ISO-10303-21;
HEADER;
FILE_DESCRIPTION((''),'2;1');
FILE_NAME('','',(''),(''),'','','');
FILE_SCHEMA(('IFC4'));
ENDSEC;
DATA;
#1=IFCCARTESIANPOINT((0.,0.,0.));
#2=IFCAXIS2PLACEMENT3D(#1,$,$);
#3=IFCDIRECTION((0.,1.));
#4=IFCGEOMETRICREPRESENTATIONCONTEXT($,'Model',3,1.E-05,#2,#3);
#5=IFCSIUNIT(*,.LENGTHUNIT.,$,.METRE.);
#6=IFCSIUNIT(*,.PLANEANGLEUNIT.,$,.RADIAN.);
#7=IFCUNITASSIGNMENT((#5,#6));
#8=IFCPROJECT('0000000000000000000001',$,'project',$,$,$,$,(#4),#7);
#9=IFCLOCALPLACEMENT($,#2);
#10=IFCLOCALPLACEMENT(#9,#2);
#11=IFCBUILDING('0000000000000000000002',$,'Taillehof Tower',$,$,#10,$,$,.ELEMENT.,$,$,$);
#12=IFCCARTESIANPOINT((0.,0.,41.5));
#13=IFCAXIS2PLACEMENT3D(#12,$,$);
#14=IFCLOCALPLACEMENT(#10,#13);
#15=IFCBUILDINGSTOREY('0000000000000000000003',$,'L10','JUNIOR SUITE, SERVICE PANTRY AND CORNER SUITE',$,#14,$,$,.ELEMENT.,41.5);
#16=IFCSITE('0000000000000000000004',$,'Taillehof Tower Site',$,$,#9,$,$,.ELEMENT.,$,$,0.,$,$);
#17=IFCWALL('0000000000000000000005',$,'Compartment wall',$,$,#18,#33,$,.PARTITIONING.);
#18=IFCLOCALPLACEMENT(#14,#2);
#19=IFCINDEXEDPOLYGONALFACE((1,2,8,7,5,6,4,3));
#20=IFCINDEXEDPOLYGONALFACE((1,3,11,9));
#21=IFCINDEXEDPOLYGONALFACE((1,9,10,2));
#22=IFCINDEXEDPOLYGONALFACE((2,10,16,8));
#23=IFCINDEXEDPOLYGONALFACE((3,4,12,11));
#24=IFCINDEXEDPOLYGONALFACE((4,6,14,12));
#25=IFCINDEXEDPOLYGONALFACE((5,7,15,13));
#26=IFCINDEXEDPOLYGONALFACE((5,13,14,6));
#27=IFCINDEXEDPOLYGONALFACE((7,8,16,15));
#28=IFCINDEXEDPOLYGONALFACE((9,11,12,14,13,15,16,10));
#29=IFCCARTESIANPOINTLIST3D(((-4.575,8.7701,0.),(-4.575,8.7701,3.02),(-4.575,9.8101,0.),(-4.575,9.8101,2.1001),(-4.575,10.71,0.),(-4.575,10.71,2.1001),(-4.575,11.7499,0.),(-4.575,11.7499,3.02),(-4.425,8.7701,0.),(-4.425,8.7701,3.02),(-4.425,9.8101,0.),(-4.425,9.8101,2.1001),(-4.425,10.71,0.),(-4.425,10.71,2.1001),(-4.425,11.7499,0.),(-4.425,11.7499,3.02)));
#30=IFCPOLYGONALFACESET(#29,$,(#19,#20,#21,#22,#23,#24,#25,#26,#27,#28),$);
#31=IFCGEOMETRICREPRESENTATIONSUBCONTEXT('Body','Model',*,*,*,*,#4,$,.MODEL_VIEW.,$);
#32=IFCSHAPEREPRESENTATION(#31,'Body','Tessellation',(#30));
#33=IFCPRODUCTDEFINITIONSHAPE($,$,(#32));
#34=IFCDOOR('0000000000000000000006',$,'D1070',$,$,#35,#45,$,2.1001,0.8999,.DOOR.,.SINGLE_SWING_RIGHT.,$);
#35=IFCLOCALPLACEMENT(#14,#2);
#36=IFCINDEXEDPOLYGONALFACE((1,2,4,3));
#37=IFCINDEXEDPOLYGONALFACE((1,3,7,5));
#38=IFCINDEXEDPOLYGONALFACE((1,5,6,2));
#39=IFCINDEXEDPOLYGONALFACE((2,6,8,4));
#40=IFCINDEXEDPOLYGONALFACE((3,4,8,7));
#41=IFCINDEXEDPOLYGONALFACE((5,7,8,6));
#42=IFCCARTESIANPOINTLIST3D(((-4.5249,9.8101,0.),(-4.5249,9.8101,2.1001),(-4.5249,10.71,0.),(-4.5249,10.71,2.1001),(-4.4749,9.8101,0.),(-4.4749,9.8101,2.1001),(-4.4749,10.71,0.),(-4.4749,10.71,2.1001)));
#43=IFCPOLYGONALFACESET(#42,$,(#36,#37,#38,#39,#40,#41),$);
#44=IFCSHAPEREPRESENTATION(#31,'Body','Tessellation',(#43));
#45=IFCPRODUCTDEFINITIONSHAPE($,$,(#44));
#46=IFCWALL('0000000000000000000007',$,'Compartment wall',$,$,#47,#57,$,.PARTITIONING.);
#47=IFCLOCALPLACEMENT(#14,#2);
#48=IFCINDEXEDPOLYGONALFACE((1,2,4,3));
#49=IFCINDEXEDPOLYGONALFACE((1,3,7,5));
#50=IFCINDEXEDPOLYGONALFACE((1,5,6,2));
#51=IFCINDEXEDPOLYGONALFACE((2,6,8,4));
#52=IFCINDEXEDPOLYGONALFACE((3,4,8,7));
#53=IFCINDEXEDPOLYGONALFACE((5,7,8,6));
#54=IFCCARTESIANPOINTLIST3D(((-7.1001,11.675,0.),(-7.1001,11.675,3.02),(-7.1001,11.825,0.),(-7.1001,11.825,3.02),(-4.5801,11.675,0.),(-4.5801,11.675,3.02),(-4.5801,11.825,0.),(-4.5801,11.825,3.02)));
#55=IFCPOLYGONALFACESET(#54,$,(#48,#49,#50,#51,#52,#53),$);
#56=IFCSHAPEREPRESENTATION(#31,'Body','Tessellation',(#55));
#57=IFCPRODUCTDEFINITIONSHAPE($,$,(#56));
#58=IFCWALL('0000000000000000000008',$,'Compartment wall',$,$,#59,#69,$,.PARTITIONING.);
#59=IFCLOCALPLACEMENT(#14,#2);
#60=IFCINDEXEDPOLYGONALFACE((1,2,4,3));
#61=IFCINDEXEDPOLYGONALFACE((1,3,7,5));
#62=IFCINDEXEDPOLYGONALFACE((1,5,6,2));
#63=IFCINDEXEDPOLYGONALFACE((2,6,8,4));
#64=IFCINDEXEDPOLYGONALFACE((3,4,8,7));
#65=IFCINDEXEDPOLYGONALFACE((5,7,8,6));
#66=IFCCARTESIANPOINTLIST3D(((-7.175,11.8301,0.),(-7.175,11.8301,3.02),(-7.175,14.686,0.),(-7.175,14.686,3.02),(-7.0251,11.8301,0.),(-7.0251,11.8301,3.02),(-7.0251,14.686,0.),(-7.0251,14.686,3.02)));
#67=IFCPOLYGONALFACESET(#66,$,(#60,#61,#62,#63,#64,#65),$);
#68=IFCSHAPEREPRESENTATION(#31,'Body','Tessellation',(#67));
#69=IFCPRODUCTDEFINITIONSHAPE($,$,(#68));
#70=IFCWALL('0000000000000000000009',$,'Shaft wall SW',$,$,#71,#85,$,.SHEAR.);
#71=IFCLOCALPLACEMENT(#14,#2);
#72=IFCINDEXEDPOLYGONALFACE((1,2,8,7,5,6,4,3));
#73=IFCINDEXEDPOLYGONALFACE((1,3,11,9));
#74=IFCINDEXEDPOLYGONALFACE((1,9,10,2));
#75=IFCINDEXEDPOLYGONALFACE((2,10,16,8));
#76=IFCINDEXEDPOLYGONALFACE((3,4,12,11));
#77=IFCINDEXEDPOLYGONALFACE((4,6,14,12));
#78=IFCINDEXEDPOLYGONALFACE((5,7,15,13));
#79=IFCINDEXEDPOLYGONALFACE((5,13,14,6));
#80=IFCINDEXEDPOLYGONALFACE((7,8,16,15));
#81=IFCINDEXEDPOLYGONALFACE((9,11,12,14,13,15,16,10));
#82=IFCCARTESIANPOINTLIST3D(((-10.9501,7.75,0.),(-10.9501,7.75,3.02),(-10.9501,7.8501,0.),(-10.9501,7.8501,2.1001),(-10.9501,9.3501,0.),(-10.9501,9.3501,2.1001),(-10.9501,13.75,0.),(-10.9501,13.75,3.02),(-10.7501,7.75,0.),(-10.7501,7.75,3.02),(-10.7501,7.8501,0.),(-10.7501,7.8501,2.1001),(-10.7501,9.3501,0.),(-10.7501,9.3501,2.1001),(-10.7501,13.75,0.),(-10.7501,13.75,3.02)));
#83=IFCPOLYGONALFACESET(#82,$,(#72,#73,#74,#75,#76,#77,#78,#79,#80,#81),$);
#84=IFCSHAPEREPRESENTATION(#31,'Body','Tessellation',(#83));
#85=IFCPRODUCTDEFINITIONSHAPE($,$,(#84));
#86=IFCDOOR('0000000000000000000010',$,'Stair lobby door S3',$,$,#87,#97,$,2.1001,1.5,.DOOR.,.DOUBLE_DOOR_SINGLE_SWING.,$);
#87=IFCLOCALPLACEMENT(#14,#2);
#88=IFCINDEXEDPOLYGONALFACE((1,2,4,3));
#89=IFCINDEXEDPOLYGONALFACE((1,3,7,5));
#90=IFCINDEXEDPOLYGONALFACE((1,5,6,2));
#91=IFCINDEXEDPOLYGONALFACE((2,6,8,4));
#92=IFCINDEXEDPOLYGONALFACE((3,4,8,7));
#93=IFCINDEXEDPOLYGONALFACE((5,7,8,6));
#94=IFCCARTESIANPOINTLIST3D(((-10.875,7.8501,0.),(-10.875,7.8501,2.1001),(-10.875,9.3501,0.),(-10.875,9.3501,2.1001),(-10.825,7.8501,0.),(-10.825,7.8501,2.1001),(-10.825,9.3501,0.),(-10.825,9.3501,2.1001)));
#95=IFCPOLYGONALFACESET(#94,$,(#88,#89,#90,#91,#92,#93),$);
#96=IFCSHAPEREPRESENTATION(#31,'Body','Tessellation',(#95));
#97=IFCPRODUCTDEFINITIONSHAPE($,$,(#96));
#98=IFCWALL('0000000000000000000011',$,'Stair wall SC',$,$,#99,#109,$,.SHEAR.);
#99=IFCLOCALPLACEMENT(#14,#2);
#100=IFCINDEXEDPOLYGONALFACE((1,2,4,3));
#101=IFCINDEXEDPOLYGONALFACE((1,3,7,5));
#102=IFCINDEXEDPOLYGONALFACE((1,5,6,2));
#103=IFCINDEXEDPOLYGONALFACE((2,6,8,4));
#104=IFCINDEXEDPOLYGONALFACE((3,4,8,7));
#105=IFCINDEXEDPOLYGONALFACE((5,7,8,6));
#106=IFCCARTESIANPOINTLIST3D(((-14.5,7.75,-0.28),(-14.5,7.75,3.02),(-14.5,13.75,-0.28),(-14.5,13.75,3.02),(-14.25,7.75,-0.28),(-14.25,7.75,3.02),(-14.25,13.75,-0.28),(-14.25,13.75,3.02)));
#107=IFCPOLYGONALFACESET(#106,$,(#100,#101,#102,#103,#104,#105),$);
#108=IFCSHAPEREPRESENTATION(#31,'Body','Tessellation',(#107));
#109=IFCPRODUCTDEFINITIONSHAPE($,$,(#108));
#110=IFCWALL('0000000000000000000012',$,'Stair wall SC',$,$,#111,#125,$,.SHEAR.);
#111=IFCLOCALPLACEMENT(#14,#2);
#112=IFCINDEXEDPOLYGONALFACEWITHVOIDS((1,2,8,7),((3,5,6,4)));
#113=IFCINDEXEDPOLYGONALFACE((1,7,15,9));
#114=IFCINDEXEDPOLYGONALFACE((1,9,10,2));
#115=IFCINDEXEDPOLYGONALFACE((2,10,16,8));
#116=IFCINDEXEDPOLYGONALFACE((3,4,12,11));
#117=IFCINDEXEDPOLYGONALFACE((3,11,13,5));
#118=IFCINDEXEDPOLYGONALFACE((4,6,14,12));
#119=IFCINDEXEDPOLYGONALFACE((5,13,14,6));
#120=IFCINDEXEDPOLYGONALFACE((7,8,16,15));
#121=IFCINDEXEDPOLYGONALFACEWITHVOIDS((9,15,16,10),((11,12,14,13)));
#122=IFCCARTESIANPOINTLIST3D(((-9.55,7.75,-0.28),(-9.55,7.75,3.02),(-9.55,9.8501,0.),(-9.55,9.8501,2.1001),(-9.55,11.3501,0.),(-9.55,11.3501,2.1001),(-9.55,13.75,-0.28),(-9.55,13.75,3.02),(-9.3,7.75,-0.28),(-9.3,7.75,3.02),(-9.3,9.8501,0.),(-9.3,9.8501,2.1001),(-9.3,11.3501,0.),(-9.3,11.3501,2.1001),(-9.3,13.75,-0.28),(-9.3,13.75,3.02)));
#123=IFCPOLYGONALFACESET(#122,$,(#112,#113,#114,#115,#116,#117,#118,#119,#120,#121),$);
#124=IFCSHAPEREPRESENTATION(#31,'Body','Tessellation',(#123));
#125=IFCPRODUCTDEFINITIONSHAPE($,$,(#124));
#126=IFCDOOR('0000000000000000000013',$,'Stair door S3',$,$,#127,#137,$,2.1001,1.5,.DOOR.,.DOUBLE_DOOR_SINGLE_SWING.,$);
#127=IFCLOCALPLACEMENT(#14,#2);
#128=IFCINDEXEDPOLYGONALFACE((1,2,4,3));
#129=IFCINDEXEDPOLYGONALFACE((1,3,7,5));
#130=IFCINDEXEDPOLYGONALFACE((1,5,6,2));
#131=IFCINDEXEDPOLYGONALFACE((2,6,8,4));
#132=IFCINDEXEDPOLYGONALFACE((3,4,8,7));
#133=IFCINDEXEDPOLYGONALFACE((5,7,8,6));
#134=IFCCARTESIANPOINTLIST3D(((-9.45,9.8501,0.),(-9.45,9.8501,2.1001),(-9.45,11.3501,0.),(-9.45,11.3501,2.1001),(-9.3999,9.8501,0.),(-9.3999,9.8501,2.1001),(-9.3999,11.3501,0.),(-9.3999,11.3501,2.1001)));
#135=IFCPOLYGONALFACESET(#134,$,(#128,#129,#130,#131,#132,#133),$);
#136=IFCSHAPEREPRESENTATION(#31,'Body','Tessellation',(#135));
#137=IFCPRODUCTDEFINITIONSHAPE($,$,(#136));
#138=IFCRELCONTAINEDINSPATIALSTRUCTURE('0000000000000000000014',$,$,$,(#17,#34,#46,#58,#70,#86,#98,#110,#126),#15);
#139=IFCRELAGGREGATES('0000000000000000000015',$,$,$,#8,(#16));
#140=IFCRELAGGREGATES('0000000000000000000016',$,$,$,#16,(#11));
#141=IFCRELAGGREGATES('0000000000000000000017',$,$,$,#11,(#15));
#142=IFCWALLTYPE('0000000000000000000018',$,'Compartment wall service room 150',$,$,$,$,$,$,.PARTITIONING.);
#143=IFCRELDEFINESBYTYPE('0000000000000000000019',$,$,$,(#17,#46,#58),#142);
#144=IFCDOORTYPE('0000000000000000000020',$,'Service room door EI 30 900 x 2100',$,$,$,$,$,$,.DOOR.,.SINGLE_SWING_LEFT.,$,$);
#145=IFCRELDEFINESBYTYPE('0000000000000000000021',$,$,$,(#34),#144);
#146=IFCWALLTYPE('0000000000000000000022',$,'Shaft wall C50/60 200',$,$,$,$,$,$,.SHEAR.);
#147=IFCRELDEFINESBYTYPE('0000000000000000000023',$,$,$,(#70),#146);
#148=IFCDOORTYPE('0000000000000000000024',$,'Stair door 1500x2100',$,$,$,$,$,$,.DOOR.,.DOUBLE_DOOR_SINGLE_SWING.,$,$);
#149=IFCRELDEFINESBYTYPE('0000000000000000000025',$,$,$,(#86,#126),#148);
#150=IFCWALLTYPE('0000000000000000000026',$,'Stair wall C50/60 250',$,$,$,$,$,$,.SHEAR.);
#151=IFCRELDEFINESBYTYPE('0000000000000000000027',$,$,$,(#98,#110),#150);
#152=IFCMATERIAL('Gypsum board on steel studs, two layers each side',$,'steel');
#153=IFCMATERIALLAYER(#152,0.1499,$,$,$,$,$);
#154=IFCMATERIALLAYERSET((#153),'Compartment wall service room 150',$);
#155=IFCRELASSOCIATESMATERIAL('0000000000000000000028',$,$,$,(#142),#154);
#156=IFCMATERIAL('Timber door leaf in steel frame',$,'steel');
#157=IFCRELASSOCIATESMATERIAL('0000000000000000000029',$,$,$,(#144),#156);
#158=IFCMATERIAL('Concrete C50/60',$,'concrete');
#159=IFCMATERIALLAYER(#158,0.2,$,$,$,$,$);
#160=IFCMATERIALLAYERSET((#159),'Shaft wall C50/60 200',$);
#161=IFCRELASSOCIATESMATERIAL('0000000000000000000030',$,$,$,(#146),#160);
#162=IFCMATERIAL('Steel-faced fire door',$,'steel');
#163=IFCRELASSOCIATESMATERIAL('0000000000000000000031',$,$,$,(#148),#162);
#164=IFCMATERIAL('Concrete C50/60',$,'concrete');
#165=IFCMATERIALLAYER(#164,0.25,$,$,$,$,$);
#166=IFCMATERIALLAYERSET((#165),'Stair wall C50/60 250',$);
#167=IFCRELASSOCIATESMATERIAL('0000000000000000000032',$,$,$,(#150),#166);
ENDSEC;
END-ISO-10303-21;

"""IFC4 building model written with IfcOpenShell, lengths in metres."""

from ifc_helpers import new_model, si_unit, direction, frame, frame_2d, origin, place, context, subcontext, project, spatial, rectangle, extrude, material, layer, layer_set, type_object, element, fill, save


model = new_model("IFC4")

# Units and contexts
model_context = context("Model", 3, precision=1e-05, world=origin(), true_north=direction((0.0, 1.0)))
body_context = subcontext(model_context, "Body", "Model", "MODEL_VIEW")
ifc_project = project(units=[si_unit("LENGTHUNIT", "METRE"), si_unit("PLANEANGLEUNIT", "RADIAN")], contexts=[model_context])

# Site, building, storey
site_placement = place(None, origin())
site = spatial("IfcSite", under=ifc_project, at=site_placement, Name="Taillehof Tower Site", CompositionType="ELEMENT", RefElevation=0.0)
building_placement = place(site_placement, origin())
building = spatial("IfcBuilding", under=site, at=building_placement, Name="Taillehof Tower", CompositionType="ELEMENT")
storey_placement = place(building_placement, frame((0.0, 0.0, 41.5)))
storey = spatial("IfcBuildingStorey", under=building, at=storey_placement, Name="L10", Description="JUNIOR SUITE, SERVICE PANTRY AND CORNER SUITE", CompositionType="ELEMENT", Elevation=41.5)

# Shared definitions
ifc_material_1 = material(Name="Gypsum board on steel studs, two layers each side", Category="steel")
ifc_layer_1 = layer(ifc_material_1, 0.1499)
ifc_layer_set_1 = layer_set([ifc_layer_1], Name="Compartment wall service room 150")
wall_type_1 = type_object("IfcWallType", Name="Compartment wall service room 150", PredefinedType="PARTITIONING", material=ifc_layer_set_1)

# Wall, opening, door
wall_1_placement = place(storey_placement, frame((-4.5, 8.7703, 0.0), z_axis=(0.0, 0.0, 1.0), x_axis=(0.0, 1.0, 0.0)))
wall_1 = element("IfcWall", 1, at=wall_1_placement, inside=storey, type_object=wall_type_1, Name="Compartment wall", PredefinedType="PARTITIONING", context=body_context, shape_type="SweptSolid", body=[
    extrude(rectangle(XDim=2.9797, YDim=0.1499, at=frame_2d((1.4897, 0.0))), origin(), (0.0, 0.0, 1.0), 3.02),
])
opening_1_placement = place(wall_1_placement, frame((1.0398, 0.0, 0.0)))
opening_1 = element("IfcOpeningElement", 2, at=opening_1_placement, cuts=wall_1, PredefinedType="OPENING", context=body_context, shape_type="SweptSolid", body=[
    extrude(rectangle(XDim=0.8999, YDim=2.1001, at=frame_2d((0.45, 1.05))), frame((0.0, 0.085, 0.0), z_axis=(0.0, -1.0, 0.0), x_axis=(1.0, 0.0, 0.0)), (0.0, 0.0, 1.0), 0.1699),
])
ifc_material_2 = material(Name="Timber door leaf in steel frame", Category="steel")
door_type_1 = type_object("IfcDoorType", Name="Service room door EI 30 900 x 2100", OperationType="SINGLE_SWING_LEFT", PredefinedType="DOOR", material=ifc_material_2)
door_1_placement = place(opening_1_placement, origin())
door_1 = element("IfcDoor", 3, at=door_1_placement, inside=storey, type_object=door_type_1, Name="D1070", OperationType="SINGLE_SWING_RIGHT", OverallHeight=2.1001, OverallWidth=0.8999, PredefinedType="DOOR", context=body_context, shape_type="SweptSolid", body=[
    extrude(rectangle(XDim=0.8999, YDim=2.1001, at=frame_2d((0.45, 1.05))), frame((0.0, 0.0249, 0.0), z_axis=(0.0, -1.0, 0.0), x_axis=(1.0, 0.0, 0.0)), (0.0, 0.0, 1.0), 0.05),
])
fill(opening_1, door_1)

# Walls
wall_2_placement = place(storey_placement, frame((-4.5801, 11.75, 0.0), z_axis=(0.0, 0.0, 1.0), x_axis=(-1.0, 0.0, 0.0)))
element("IfcWall", 4, at=wall_2_placement, inside=storey, type_object=wall_type_1, Name="Compartment wall", PredefinedType="PARTITIONING", context=body_context, shape_type="SweptSolid", body=[
    extrude(rectangle(XDim=2.52, YDim=0.1499, at=frame_2d((1.26, 0.0))), origin(), (0.0, 0.0, 1.0), 3.02),
])
wall_3_placement = place(storey_placement, frame((-7.1001, 11.8301, 0.0), z_axis=(0.0, 0.0, 1.0), x_axis=(0.0, 1.0, 0.0)))
element("IfcWall", 5, at=wall_3_placement, inside=storey, type_object=wall_type_1, Name="Compartment wall", PredefinedType="PARTITIONING", context=body_context, shape_type="SweptSolid", body=[
    extrude(rectangle(XDim=2.856, YDim=0.1499, at=frame_2d((1.428, 0.0))), origin(), (0.0, 0.0, 1.0), 3.02),
])

# Wall, opening, door
ifc_material_3 = material(Name="Concrete C50/60", Category="concrete")
ifc_layer_2 = layer(ifc_material_3, 0.2)
ifc_layer_set_2 = layer_set([ifc_layer_2], Name="Shaft wall C50/60 200")
wall_type_2 = type_object("IfcWallType", Name="Shaft wall C50/60 200", PredefinedType="SHEAR", material=ifc_layer_set_2)
wall_4_placement = place(storey_placement, frame((-10.8501, 7.75, 0.0), z_axis=(0.0, 0.0, 1.0), x_axis=(0.0, 1.0, 0.0)))
wall_4 = element("IfcWall", 6, at=wall_4_placement, inside=storey, type_object=wall_type_2, Name="Shaft wall SW", PredefinedType="SHEAR", context=body_context, shape_type="SweptSolid", body=[
    extrude(rectangle(XDim=6.0, YDim=0.2, at=frame_2d((3.0, 0.0))), origin(), (0.0, 0.0, 1.0), 3.02),
])
opening_2_placement = place(wall_4_placement, frame((0.1001, 0.0, 0.0)))
opening_2 = element("IfcOpeningElement", 7, at=opening_2_placement, cuts=wall_4, PredefinedType="OPENING", context=body_context, shape_type="SweptSolid", body=[
    extrude(rectangle(XDim=1.5, YDim=2.1001, at=frame_2d((0.75, 1.05))), frame((0.0, 0.1099, 0.0), z_axis=(0.0, -1.0, 0.0), x_axis=(1.0, 0.0, 0.0)), (0.0, 0.0, 1.0), 0.22),
])
ifc_material_4 = material(Name="Steel-faced fire door", Category="steel")
door_type_2 = type_object("IfcDoorType", Name="Stair door 1500x2100", OperationType="DOUBLE_DOOR_SINGLE_SWING", PredefinedType="DOOR", material=ifc_material_4)
door_2_placement = place(opening_2_placement, origin())
door_2 = element("IfcDoor", 8, at=door_2_placement, inside=storey, type_object=door_type_2, Name="Stair lobby door S3", OperationType="DOUBLE_DOOR_SINGLE_SWING", OverallHeight=2.1001, OverallWidth=1.5, PredefinedType="DOOR", context=body_context, shape_type="SweptSolid", body=[
    extrude(rectangle(XDim=1.5, YDim=2.1001, at=frame_2d((0.75, 1.05))), frame((0.0, 0.0249, 0.0), z_axis=(0.0, -1.0, 0.0), x_axis=(1.0, 0.0, 0.0)), (0.0, 0.0, 1.0), 0.05),
])
fill(opening_2, door_2)

# Wall
ifc_material_5 = material(Name="Concrete C50/60", Category="concrete")
ifc_layer_3 = layer(ifc_material_5, 0.25)
ifc_layer_set_3 = layer_set([ifc_layer_3], Name="Stair wall C50/60 250")
wall_type_3 = type_object("IfcWallType", Name="Stair wall C50/60 250", PredefinedType="SHEAR", material=ifc_layer_set_3)
wall_5_placement = place(storey_placement, frame((-14.375, 7.75, -0.28), z_axis=(0.0, 0.0, 1.0), x_axis=(0.0, 1.0, 0.0)))
element("IfcWall", 9, at=wall_5_placement, inside=storey, type_object=wall_type_3, Name="Stair wall SC", PredefinedType="SHEAR", context=body_context, shape_type="SweptSolid", body=[
    extrude(rectangle(XDim=6.0, YDim=0.25, at=frame_2d((3.0, 0.0))), origin(), (0.0, 0.0, 1.0), 3.3),
])

# Wall, opening, door
wall_6_placement = place(storey_placement, frame((-9.425, 7.75, -0.28), z_axis=(0.0, 0.0, 1.0), x_axis=(0.0, 1.0, 0.0)))
wall_6 = element("IfcWall", 10, at=wall_6_placement, inside=storey, type_object=wall_type_3, Name="Stair wall SC", PredefinedType="SHEAR", context=body_context, shape_type="SweptSolid", body=[
    extrude(rectangle(XDim=6.0, YDim=0.25, at=frame_2d((3.0, 0.0))), origin(), (0.0, 0.0, 1.0), 3.3),
])
opening_3_placement = place(wall_6_placement, frame((2.1001, 0.0, 0.28)))
opening_3 = element("IfcOpeningElement", 11, at=opening_3_placement, cuts=wall_6, PredefinedType="OPENING", context=body_context, shape_type="SweptSolid", body=[
    extrude(rectangle(XDim=1.5, YDim=2.1001, at=frame_2d((0.75, 1.05))), frame((0.0, 0.135, 0.0), z_axis=(0.0, -1.0, 0.0), x_axis=(1.0, 0.0, 0.0)), (0.0, 0.0, 1.0), 0.27),
])
door_3_placement = place(opening_3_placement, origin())
door_3 = element("IfcDoor", 12, at=door_3_placement, inside=storey, type_object=door_type_2, Name="Stair door S3", OperationType="DOUBLE_DOOR_SINGLE_SWING", OverallHeight=2.1001, OverallWidth=1.5, PredefinedType="DOOR", context=body_context, shape_type="SweptSolid", body=[
    extrude(rectangle(XDim=1.5, YDim=2.1001, at=frame_2d((0.75, 1.05))), frame((0.0, 0.0249, 0.0), z_axis=(0.0, -1.0, 0.0), x_axis=(1.0, 0.0, 0.0)), (0.0, 0.0, 1.0), 0.05),
])
fill(opening_3, door_3)

save(model, "model.ifc")
